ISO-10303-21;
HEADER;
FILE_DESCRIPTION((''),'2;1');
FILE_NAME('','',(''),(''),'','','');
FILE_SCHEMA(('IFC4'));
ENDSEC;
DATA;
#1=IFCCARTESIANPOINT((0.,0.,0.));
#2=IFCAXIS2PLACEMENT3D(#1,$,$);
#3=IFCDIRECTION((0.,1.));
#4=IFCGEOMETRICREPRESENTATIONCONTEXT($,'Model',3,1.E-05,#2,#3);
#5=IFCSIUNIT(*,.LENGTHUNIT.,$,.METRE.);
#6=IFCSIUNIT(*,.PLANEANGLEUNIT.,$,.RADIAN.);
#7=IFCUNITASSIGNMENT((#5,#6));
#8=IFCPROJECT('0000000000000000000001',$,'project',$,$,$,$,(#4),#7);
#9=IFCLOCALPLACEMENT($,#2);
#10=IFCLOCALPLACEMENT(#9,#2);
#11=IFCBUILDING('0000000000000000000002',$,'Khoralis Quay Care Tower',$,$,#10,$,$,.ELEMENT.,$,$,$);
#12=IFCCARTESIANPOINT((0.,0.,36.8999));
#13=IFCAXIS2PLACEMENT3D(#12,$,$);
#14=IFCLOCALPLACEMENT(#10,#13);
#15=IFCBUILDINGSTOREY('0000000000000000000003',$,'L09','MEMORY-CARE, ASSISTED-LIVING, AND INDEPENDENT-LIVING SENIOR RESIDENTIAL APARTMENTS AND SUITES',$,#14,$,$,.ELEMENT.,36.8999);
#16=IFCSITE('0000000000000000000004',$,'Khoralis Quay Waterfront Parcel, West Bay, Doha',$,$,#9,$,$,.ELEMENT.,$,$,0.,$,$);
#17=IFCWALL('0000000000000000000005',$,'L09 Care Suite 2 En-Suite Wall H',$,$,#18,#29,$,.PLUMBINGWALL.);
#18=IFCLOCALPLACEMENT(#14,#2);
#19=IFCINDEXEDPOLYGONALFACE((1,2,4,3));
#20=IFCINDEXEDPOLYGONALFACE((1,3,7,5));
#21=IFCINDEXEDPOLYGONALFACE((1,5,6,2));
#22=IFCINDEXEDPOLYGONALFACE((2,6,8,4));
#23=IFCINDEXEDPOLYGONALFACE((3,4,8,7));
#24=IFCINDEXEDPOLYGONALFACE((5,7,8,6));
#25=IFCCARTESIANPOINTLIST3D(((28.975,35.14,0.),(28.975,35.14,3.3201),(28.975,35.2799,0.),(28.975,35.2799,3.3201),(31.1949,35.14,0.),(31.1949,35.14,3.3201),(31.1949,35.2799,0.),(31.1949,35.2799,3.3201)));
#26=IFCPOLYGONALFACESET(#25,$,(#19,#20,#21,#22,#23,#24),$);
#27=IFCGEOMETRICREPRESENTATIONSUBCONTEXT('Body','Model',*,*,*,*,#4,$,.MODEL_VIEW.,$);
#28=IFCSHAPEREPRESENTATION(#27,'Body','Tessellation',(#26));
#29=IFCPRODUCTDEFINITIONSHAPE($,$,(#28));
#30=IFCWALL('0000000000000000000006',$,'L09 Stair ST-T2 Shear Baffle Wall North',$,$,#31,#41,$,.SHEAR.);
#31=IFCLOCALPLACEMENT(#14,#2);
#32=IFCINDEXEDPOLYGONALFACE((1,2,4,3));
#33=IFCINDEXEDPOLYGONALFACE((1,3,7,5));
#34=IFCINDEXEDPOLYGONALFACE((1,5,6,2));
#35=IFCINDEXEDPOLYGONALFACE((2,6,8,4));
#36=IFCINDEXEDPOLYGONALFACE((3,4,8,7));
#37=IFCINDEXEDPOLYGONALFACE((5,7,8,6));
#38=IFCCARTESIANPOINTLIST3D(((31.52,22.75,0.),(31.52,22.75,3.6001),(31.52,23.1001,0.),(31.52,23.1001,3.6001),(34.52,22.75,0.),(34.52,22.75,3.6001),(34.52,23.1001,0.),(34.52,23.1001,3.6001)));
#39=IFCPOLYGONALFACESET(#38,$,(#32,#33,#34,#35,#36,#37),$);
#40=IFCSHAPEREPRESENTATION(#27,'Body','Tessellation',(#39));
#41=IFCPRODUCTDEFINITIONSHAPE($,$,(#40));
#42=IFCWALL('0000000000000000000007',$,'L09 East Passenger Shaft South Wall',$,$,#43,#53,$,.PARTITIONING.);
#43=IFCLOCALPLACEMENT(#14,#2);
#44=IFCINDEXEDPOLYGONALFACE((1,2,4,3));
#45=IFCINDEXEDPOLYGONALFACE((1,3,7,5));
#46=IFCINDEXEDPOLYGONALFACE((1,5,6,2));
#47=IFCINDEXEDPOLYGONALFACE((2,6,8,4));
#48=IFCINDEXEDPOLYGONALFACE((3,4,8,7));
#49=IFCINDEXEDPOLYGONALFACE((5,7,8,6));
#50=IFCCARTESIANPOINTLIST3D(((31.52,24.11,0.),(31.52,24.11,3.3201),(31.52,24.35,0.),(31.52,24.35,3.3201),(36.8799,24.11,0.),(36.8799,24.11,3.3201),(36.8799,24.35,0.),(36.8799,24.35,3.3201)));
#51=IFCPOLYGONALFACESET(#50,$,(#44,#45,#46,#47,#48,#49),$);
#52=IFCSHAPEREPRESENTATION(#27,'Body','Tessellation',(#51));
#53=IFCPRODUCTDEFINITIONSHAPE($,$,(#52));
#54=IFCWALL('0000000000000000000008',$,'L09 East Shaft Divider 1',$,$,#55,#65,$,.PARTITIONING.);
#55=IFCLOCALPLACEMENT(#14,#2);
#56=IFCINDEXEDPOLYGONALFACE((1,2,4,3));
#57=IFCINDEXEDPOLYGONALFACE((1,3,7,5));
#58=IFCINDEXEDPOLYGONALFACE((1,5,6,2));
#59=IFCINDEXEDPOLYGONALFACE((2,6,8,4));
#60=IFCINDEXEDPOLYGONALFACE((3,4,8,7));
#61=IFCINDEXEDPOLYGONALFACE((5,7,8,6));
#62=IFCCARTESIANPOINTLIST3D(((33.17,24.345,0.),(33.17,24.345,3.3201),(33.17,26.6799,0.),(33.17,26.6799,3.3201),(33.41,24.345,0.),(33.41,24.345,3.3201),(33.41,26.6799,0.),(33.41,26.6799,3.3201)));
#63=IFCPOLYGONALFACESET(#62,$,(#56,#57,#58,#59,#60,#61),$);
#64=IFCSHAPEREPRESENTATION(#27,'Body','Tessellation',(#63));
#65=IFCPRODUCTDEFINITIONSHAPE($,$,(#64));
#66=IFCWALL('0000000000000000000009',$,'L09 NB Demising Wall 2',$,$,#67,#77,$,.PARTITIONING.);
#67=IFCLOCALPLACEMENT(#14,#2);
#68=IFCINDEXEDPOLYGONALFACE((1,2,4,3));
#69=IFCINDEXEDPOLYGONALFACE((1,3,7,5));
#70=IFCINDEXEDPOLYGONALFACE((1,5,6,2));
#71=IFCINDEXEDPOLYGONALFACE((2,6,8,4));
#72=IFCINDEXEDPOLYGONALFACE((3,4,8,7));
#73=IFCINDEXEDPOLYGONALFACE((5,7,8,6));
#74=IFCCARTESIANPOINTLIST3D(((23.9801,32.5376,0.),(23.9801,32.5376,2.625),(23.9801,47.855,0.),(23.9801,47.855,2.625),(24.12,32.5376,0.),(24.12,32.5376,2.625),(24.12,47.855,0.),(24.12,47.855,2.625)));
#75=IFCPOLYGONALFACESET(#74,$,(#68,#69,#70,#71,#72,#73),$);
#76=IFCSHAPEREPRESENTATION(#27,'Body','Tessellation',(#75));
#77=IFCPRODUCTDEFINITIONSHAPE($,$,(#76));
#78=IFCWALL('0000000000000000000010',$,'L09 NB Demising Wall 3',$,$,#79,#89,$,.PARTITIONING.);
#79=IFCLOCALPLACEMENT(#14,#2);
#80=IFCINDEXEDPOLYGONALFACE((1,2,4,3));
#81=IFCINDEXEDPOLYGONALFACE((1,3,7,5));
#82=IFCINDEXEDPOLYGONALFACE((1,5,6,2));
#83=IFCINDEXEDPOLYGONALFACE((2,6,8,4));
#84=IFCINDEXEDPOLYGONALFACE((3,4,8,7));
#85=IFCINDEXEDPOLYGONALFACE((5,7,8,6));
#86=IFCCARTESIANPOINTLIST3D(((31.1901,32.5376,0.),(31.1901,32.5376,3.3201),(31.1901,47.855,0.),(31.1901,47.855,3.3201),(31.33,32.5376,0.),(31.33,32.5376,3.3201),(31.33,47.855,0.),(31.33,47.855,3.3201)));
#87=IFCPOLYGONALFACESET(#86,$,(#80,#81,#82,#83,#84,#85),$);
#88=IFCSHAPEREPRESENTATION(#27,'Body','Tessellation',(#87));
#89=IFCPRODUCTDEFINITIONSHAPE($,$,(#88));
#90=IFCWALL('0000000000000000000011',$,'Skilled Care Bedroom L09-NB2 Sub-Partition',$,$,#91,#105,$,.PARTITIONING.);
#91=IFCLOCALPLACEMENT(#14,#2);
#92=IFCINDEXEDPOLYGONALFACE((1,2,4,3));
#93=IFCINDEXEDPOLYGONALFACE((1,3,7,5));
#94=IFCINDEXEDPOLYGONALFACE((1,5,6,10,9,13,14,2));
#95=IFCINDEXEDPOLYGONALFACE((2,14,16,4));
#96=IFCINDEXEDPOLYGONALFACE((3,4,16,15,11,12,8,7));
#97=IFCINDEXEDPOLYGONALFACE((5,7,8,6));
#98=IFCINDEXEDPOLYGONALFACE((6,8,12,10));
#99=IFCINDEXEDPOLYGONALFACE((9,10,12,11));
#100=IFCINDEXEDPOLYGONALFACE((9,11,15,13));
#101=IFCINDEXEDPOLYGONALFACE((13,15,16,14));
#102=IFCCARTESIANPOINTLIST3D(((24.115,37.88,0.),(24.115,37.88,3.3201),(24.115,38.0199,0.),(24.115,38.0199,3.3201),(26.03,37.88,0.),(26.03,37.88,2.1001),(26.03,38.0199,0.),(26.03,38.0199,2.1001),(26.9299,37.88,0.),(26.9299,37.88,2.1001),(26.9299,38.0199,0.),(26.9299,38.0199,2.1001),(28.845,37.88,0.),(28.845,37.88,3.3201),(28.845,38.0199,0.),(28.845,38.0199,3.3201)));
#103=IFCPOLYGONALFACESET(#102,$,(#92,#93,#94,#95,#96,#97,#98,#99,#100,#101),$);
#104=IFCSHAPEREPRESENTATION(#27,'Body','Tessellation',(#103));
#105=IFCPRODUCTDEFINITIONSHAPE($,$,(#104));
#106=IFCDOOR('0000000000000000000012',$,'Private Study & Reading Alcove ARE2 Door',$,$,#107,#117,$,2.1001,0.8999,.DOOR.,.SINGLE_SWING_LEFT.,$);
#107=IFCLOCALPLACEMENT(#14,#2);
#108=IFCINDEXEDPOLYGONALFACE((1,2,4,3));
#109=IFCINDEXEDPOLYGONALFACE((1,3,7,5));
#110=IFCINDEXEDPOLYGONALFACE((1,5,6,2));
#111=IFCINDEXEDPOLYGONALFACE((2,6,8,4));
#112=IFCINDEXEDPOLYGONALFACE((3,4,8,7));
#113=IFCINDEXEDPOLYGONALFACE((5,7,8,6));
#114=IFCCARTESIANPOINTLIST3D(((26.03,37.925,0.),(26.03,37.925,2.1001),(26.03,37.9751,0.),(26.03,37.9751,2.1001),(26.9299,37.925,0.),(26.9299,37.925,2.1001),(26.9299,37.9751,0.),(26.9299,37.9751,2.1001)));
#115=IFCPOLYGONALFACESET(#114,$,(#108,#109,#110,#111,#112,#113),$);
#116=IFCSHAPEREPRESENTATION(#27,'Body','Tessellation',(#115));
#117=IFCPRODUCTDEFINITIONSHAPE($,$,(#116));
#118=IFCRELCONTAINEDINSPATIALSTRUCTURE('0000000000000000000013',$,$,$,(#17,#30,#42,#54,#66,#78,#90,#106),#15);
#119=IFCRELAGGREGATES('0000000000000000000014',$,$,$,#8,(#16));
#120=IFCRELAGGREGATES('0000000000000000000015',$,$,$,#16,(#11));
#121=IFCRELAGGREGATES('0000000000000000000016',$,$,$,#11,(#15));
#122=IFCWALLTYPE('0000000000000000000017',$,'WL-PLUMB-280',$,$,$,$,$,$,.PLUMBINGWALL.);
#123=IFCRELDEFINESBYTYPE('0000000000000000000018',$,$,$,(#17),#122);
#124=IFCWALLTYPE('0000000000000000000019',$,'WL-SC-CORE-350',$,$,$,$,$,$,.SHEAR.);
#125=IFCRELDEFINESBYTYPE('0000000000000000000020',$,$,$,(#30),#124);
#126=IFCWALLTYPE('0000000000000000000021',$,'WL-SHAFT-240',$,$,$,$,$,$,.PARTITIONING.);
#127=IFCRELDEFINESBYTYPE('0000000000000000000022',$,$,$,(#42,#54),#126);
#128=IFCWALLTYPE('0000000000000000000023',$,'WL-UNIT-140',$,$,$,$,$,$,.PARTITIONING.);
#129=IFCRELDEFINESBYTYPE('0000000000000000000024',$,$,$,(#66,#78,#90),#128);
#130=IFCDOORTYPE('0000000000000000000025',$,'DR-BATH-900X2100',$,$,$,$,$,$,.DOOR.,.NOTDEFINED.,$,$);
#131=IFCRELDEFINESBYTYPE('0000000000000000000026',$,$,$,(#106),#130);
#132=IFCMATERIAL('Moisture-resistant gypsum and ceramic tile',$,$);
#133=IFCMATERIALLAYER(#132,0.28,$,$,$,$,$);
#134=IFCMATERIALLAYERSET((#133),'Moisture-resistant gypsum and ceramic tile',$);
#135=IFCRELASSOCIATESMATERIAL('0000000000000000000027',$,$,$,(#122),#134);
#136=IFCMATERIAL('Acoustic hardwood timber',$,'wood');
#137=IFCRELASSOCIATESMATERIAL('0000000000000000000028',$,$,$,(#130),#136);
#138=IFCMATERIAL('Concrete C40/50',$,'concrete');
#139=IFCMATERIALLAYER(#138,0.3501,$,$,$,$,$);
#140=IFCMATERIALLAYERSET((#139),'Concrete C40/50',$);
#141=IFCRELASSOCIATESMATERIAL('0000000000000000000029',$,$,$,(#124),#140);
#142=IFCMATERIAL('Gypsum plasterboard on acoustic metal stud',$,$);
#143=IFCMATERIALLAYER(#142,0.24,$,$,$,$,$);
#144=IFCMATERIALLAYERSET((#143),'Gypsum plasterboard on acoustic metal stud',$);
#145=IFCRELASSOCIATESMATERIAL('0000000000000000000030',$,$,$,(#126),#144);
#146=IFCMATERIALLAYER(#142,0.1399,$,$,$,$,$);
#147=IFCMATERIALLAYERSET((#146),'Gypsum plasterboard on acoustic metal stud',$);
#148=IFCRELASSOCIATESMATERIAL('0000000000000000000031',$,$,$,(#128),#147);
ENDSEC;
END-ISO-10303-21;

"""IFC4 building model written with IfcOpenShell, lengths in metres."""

from ifc_helpers import new_model, si_unit, direction, frame, frame_2d, origin, place, context, subcontext, project, spatial, rectangle, extrude, source, transform, mapped, material, layer, layer_set, type_object, element, fill, save


model = new_model("IFC4")

# Units and contexts
model_context = context("Model", 3, precision=1e-05, world=origin(), true_north=direction((0.0, 1.0)))
body_context = subcontext(model_context, "Body", "Model", "MODEL_VIEW")
ifc_project = project(units=[si_unit("LENGTHUNIT", "METRE"), si_unit("PLANEANGLEUNIT", "RADIAN")], contexts=[model_context])

# Site, building, storey
site_placement = place(None, origin())
site = spatial("IfcSite", under=ifc_project, at=site_placement, Name="Khoralis Quay Waterfront Parcel, West Bay, Doha", CompositionType="ELEMENT", RefElevation=0.0)
building_placement = place(site_placement, origin())
building = spatial("IfcBuilding", under=site, at=building_placement, Name="Khoralis Quay Care Tower", CompositionType="ELEMENT")
storey_placement = place(building_placement, frame((0.0, 0.0, 36.8999)))
storey = spatial("IfcBuildingStorey", under=building, at=storey_placement, Name="L09", Description="MEMORY-CARE, ASSISTED-LIVING, AND INDEPENDENT-LIVING SENIOR RESIDENTIAL APARTMENTS AND SUITES", CompositionType="ELEMENT", Elevation=36.8999)

# Shared definitions
ifc_material_1 = material(Name="Gypsum plasterboard on acoustic metal stud")

# Shared definitions
ifc_material_2 = material(Name="Moisture-resistant gypsum and ceramic tile")
ifc_layer_1 = layer(ifc_material_2, 0.28)
ifc_layer_set_1 = layer_set([ifc_layer_1], Name="Moisture-resistant gypsum and ceramic tile")
wall_type_1 = type_object("IfcWallType", Name="WL-PLUMB-280", PredefinedType="PLUMBINGWALL", material=ifc_layer_set_1)
ifc_material_3 = material(Name="Acoustic hardwood timber", Category="wood")
door_type_1 = type_object("IfcDoorType", Name="DR-BATH-900X2100", OperationType="NOTDEFINED", PredefinedType="DOOR", material=ifc_material_3)
shared_shape_1 = source(origin(), body_context, "Body", "SweptSolid", [
    extrude(rectangle(XDim=0.8999, YDim=2.1001, at=frame_2d((0.45, 1.05))), frame((0.0, 0.0249, 0.0), z_axis=(0.0, -1.0, 0.0), x_axis=(1.0, 0.0, 0.0)), (0.0, 0.0, 1.0), 0.05),
])

# Walls
wall_1_placement = place(storey_placement, frame((28.9751, 35.21, 0.0), z_axis=(0.0, 0.0, 1.0), x_axis=(1.0, 0.0, 0.0)))
element("IfcWall", 1, at=wall_1_placement, inside=storey, type_object=wall_type_1, Name="L09 Care Suite 2 En-Suite Wall H", PredefinedType="PLUMBINGWALL", context=body_context, shape_type="SweptSolid", body=[
    extrude(rectangle(XDim=2.22, YDim=0.1399, at=frame_2d((1.1099, 0.0))), origin(), (0.0, 0.0, 1.0), 3.3201),
])
ifc_material_4 = material(Name="Concrete C40/50", Category="concrete")
ifc_layer_2 = layer(ifc_material_4, 0.3501)
ifc_layer_set_2 = layer_set([ifc_layer_2], Name="Concrete C40/50")
wall_type_2 = type_object("IfcWallType", Name="WL-SC-CORE-350", PredefinedType="SHEAR", material=ifc_layer_set_2)
wall_2_placement = place(storey_placement, frame((31.52, 22.925, 0.0), z_axis=(0.0, 0.0, 1.0), x_axis=(1.0, 0.0, 0.0)))
element("IfcWall", 2, at=wall_2_placement, inside=storey, type_object=wall_type_2, Name="L09 Stair ST-T2 Shear Baffle Wall North", PredefinedType="SHEAR", context=body_context, shape_type="SweptSolid", body=[
    extrude(rectangle(XDim=3.0, YDim=0.3501, at=frame_2d((1.5, 0.0))), origin(), (0.0, 0.0, 1.0), 3.6001),
])
ifc_layer_3 = layer(ifc_material_1, 0.24)
ifc_layer_set_3 = layer_set([ifc_layer_3], Name="Gypsum plasterboard on acoustic metal stud")
wall_type_3 = type_object("IfcWallType", Name="WL-SHAFT-240", PredefinedType="PARTITIONING", material=ifc_layer_set_3)
wall_3_placement = place(storey_placement, frame((31.52, 24.23, 0.0), z_axis=(0.0, 0.0, 1.0), x_axis=(1.0, 0.0, 0.0)))
element("IfcWall", 3, at=wall_3_placement, inside=storey, type_object=wall_type_3, Name="L09 East Passenger Shaft South Wall", PredefinedType="PARTITIONING", context=body_context, shape_type="SweptSolid", body=[
    extrude(rectangle(XDim=5.3599, YDim=0.24, at=frame_2d((2.6799, 0.0))), origin(), (0.0, 0.0, 1.0), 3.3201),
])
wall_4_placement = place(storey_placement, frame((33.29, 24.345, 0.0), z_axis=(0.0, 0.0, 1.0), x_axis=(0.0, 1.0, 0.0)))
element("IfcWall", 4, at=wall_4_placement, inside=storey, type_object=wall_type_3, Name="L09 East Shaft Divider 1", PredefinedType="PARTITIONING", context=body_context, shape_type="SweptSolid", body=[
    extrude(rectangle(XDim=2.335, YDim=0.24, at=frame_2d((1.1675, 0.0))), origin(), (0.0, 0.0, 1.0), 3.3201),
])
ifc_layer_4 = layer(ifc_material_1, 0.1399)
ifc_layer_set_4 = layer_set([ifc_layer_4], Name="Gypsum plasterboard on acoustic metal stud")
wall_type_4 = type_object("IfcWallType", Name="WL-UNIT-140", PredefinedType="PARTITIONING", material=ifc_layer_set_4)
wall_5_placement = place(storey_placement, frame((24.05, 32.5376, 0.0), z_axis=(0.0, 0.0, 1.0), x_axis=(0.0, 1.0, 0.0)))
element("IfcWall", 5, at=wall_5_placement, inside=storey, type_object=wall_type_4, Name="L09 NB Demising Wall 2", PredefinedType="PARTITIONING", context=body_context, shape_type="SweptSolid", body=[
    extrude(rectangle(XDim=15.3174, YDim=0.1399, at=frame_2d((7.6587, 0.0))), origin(), (0.0, 0.0, 1.0), 2.625),
])
wall_6_placement = place(storey_placement, frame((31.26, 32.5376, 0.0), z_axis=(0.0, 0.0, 1.0), x_axis=(0.0, 1.0, 0.0)))
element("IfcWall", 6, at=wall_6_placement, inside=storey, type_object=wall_type_4, Name="L09 NB Demising Wall 3", PredefinedType="PARTITIONING", context=body_context, shape_type="SweptSolid", body=[
    extrude(rectangle(XDim=15.3174, YDim=0.1399, at=frame_2d((7.6587, 0.0))), origin(), (0.0, 0.0, 1.0), 3.3201),
])

# Wall, opening, door
wall_7_placement = place(storey_placement, frame((24.115, 37.95, 0.0), z_axis=(0.0, 0.0, 1.0), x_axis=(1.0, 0.0, 0.0)))
wall_7 = element("IfcWall", 7, at=wall_7_placement, inside=storey, type_object=wall_type_4, Name="Skilled Care Bedroom L09-NB2 Sub-Partition", PredefinedType="PARTITIONING", context=body_context, shape_type="SweptSolid", body=[
    extrude(rectangle(XDim=4.73, YDim=0.1399, at=frame_2d((2.365, 0.0))), origin(), (0.0, 0.0, 1.0), 3.3201),
])
opening_1_placement = place(wall_7_placement, frame((1.915, 0.0, 0.0)))
opening_1 = element("IfcOpeningElement", 8, at=opening_1_placement, cuts=wall_7, PredefinedType="OPENING", context=body_context, shape_type="SweptSolid", body=[
    extrude(rectangle(XDim=0.8999, YDim=2.1001, at=frame_2d((0.45, 1.05))), frame((0.0, 0.0801, 0.0), z_axis=(0.0, -1.0, 0.0), x_axis=(1.0, 0.0, 0.0)), (0.0, 0.0, 1.0), 0.1599),
])
door_1_placement = place(opening_1_placement, frame((0.8999, 0.0, 0.0), z_axis=(0.0, 0.0, 1.0), x_axis=(-1.0, 0.0, 0.0)))
door_1 = element("IfcDoor", 9, at=door_1_placement, inside=storey, type_object=door_type_1, Name="Private Study & Reading Alcove ARE2 Door", OperationType="SINGLE_SWING_LEFT", OverallHeight=2.1001, OverallWidth=0.8999, PredefinedType="DOOR", context=body_context, shape_type="MappedRepresentation", body=[
    mapped(shared_shape_1, transform((0.0, 0.0, 0.0), scale=1.0)),
])
fill(opening_1, door_1)

save(model, "model.ifc")
